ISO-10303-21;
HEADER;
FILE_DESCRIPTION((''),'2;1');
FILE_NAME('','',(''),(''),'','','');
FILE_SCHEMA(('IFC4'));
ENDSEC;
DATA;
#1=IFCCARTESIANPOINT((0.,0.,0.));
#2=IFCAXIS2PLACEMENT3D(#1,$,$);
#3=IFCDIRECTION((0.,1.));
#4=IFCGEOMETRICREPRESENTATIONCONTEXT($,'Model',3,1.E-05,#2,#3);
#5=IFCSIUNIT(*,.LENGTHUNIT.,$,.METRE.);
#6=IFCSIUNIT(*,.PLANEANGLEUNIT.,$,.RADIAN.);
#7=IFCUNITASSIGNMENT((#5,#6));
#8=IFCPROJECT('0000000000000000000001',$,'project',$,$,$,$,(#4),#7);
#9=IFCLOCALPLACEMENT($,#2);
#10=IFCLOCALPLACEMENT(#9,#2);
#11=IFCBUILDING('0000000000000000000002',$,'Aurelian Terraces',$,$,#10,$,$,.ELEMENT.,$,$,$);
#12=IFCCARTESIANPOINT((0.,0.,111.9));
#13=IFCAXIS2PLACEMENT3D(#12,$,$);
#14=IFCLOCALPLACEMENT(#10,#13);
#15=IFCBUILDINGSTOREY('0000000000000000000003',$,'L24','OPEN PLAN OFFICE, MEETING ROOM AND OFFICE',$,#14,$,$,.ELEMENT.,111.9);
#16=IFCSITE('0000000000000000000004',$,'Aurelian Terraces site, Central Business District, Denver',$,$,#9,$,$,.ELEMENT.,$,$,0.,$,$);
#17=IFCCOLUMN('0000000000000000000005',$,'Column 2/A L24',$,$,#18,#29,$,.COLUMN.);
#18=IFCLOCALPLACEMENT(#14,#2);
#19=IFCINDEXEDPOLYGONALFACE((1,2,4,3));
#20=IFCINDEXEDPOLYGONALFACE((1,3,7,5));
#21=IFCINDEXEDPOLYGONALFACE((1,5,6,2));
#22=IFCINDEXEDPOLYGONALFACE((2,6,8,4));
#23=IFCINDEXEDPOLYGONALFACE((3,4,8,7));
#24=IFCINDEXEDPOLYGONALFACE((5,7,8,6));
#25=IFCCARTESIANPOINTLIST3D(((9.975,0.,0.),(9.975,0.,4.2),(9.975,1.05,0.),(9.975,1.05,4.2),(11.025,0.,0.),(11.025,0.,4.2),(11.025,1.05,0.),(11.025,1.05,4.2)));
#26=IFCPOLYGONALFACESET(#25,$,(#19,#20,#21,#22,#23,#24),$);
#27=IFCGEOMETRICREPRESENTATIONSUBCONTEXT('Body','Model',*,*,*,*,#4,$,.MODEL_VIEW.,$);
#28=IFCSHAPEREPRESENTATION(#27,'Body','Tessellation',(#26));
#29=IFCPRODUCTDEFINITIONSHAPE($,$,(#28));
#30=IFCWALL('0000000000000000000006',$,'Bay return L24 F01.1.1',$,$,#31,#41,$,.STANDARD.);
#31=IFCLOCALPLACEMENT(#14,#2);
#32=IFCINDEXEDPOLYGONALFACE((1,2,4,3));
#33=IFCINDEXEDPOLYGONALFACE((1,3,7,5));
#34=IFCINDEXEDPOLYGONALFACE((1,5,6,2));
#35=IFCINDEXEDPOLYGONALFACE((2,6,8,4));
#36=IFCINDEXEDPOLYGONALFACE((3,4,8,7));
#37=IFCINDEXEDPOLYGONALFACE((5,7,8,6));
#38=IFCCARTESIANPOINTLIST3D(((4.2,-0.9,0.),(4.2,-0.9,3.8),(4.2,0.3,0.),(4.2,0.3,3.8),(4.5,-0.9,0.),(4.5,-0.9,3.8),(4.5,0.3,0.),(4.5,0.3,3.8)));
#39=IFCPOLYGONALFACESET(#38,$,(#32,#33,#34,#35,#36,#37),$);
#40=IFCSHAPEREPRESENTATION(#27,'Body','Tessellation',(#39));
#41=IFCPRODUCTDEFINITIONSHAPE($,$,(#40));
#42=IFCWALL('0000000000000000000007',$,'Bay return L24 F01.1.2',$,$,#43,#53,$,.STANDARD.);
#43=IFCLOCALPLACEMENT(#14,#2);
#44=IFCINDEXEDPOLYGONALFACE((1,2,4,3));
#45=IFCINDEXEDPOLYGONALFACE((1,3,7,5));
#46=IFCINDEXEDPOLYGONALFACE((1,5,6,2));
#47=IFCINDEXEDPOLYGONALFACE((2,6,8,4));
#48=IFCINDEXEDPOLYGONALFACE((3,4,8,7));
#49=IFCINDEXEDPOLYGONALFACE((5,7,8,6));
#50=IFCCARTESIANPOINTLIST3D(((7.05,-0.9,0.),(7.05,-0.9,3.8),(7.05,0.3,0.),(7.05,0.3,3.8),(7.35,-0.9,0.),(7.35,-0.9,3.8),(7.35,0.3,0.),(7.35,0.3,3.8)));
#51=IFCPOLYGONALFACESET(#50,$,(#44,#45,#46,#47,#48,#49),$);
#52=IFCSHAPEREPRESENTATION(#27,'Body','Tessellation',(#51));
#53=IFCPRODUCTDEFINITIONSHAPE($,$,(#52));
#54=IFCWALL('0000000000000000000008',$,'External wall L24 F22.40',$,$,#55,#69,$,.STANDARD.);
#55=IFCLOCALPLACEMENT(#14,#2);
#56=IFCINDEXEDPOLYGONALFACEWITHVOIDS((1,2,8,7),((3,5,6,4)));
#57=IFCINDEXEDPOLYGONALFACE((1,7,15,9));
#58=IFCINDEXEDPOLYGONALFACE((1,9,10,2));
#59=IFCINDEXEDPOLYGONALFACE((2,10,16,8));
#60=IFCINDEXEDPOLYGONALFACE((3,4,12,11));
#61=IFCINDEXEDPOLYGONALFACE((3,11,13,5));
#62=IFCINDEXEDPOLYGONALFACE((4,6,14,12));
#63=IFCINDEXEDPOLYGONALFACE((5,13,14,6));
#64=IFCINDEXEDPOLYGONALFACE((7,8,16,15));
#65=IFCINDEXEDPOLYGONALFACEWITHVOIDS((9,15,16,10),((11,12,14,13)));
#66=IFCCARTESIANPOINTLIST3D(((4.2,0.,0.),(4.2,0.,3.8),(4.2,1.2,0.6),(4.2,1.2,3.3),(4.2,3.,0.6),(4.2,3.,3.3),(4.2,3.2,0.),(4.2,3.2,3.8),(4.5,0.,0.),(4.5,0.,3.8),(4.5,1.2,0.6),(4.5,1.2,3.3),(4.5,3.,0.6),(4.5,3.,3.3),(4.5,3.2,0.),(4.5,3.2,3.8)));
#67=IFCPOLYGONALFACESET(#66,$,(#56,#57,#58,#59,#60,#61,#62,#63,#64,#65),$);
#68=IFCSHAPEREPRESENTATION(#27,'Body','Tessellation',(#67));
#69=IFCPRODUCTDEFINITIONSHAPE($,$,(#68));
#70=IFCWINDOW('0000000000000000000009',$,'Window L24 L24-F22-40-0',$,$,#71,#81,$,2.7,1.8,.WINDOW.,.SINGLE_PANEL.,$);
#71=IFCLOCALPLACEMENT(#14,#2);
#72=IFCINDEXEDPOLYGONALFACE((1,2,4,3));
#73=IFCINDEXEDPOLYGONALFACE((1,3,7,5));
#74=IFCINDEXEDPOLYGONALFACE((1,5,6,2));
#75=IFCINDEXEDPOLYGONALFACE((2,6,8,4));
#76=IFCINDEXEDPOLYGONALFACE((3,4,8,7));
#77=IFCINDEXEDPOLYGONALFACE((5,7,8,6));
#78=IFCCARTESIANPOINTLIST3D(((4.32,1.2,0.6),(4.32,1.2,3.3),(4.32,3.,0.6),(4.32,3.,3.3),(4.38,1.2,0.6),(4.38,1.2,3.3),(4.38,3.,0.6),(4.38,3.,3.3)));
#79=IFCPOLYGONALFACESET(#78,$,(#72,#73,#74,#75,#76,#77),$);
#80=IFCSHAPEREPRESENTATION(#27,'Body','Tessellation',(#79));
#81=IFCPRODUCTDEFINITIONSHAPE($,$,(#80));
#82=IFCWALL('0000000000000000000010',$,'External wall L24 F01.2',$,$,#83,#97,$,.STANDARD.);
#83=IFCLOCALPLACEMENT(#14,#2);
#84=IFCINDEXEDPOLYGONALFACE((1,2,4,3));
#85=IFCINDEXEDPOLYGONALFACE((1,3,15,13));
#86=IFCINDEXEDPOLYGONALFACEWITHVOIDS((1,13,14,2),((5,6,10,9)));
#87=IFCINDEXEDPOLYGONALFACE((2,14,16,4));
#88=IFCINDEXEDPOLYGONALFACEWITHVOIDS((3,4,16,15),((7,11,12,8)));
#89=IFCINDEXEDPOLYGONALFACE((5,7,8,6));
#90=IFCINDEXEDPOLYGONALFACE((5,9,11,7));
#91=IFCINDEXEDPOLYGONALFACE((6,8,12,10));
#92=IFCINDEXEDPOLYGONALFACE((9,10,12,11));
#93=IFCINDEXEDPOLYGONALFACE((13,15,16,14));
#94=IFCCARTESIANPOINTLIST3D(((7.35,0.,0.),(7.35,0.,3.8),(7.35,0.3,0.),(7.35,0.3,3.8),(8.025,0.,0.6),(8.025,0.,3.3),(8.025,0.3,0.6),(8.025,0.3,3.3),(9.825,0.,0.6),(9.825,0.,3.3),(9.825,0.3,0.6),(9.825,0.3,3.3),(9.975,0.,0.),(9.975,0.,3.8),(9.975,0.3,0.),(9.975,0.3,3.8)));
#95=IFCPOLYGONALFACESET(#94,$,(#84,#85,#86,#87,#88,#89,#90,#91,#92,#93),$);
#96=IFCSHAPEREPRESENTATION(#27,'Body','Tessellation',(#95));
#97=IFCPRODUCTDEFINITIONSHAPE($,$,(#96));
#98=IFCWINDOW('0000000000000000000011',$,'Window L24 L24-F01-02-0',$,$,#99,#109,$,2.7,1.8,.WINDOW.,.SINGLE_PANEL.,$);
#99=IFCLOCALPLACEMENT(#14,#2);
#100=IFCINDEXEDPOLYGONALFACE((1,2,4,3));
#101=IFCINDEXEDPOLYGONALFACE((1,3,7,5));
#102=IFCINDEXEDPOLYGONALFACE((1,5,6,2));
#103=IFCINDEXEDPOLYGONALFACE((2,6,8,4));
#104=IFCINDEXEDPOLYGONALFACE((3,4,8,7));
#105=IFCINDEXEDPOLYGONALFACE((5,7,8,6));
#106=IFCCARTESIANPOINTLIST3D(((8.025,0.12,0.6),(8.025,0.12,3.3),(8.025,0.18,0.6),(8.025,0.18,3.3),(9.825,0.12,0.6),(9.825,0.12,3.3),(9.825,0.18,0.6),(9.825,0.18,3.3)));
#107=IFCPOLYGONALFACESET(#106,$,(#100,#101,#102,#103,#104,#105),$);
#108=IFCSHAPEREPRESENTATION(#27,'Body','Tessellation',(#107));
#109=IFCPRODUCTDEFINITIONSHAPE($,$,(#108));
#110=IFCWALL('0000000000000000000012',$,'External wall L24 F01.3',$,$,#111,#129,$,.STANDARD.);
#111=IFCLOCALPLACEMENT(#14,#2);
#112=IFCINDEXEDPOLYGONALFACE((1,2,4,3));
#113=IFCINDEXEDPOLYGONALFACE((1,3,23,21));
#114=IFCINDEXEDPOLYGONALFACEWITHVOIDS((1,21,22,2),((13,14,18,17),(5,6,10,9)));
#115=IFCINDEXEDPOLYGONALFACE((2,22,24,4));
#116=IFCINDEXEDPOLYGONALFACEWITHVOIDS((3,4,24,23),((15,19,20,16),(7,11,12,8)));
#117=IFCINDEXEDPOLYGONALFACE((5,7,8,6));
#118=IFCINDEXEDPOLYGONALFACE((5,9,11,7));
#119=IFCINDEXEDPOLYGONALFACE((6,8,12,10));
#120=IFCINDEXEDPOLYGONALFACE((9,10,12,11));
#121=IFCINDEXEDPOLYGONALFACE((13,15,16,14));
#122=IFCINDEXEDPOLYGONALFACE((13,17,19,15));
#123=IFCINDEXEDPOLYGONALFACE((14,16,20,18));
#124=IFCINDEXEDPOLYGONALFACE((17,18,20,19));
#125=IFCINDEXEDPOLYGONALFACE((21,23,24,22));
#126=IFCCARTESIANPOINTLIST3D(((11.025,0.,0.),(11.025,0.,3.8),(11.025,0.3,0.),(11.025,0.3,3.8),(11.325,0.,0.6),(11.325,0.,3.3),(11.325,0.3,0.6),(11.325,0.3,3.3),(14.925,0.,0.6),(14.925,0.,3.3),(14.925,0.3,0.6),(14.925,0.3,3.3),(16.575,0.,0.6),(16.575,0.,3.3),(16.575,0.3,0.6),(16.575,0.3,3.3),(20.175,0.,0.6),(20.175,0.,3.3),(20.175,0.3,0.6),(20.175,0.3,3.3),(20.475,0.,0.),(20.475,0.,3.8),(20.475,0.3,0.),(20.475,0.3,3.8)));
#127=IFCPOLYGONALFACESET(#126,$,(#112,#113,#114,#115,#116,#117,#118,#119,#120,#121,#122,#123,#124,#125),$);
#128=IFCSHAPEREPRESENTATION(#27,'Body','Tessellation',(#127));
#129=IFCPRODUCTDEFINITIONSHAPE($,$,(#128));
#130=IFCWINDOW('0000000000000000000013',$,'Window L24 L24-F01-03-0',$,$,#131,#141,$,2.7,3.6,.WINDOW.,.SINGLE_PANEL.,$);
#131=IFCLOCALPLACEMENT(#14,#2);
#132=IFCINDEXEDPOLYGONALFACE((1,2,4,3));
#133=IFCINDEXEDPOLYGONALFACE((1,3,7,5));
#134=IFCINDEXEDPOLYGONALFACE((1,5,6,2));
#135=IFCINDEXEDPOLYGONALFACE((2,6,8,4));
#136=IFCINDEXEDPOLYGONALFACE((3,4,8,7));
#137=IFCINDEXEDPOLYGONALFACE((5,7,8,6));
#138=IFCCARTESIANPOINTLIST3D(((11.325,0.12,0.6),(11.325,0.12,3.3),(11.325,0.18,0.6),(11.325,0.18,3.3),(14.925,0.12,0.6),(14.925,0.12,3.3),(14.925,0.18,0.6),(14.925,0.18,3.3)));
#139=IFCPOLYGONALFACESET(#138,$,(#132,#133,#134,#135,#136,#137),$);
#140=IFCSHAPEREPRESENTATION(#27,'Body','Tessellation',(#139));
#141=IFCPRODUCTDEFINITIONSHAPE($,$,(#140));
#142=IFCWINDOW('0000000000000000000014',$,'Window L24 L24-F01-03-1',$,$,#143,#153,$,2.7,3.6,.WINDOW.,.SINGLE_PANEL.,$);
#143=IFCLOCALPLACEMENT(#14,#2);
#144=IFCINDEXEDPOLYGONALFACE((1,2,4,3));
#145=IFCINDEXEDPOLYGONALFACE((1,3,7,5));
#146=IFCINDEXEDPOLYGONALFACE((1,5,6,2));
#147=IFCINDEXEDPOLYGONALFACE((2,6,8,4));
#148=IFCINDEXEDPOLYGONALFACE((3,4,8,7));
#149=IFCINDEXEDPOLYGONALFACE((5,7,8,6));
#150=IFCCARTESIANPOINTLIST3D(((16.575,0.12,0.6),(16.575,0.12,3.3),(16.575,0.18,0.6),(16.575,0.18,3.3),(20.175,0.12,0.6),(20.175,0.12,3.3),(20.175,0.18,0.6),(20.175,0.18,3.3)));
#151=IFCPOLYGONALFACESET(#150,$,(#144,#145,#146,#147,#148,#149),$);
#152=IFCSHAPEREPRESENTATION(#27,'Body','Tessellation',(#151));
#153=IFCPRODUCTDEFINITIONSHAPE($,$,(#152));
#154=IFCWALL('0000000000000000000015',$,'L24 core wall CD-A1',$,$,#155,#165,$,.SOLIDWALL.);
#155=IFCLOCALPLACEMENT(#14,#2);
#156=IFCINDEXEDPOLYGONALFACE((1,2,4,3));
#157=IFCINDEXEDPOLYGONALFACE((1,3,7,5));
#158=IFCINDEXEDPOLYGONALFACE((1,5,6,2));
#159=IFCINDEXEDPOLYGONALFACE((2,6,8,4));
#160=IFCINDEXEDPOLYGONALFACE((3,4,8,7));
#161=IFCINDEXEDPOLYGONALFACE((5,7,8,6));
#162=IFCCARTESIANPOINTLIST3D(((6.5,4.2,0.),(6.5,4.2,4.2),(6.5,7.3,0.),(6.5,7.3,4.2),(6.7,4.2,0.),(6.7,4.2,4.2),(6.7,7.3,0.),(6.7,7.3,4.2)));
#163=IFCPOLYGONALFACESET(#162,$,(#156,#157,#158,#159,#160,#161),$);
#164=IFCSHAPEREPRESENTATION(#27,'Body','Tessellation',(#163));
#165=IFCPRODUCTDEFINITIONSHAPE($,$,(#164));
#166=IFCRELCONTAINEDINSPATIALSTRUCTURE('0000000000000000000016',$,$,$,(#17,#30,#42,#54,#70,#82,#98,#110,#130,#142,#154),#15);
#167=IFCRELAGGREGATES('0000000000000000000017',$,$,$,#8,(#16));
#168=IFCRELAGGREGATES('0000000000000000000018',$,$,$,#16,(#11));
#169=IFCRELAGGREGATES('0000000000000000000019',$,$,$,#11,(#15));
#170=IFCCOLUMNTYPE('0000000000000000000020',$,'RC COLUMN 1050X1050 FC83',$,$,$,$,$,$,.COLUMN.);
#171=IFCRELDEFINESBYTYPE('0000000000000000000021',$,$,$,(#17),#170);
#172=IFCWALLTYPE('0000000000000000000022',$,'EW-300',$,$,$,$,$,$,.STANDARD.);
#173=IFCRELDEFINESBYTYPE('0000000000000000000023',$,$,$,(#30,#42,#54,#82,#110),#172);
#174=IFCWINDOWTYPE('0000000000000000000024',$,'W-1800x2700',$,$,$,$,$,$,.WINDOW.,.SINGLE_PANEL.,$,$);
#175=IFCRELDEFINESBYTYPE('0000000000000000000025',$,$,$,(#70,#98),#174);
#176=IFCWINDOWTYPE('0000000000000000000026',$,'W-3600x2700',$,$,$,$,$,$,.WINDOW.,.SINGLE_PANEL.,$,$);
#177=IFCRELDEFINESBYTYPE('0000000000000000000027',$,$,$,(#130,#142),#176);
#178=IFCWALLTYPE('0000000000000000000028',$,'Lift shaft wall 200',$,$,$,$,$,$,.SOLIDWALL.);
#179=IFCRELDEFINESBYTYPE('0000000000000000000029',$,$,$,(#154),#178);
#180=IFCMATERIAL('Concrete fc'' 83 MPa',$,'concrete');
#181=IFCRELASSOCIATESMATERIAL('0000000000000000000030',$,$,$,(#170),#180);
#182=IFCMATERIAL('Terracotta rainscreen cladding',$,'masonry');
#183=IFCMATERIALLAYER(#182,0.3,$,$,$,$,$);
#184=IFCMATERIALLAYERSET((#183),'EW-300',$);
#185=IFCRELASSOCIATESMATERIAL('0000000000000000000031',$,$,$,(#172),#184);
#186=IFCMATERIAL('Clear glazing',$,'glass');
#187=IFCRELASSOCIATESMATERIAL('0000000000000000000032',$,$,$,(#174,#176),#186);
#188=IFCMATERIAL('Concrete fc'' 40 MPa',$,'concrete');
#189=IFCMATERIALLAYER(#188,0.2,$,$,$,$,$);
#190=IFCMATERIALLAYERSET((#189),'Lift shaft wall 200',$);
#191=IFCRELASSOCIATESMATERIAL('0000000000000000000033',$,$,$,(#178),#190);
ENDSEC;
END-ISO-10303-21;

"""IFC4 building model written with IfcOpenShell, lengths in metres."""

from ifc_helpers import new_model, si_unit, direction, frame, frame_2d, origin, origin_2d, place, context, subcontext, project, spatial, rectangle, extrude, source, transform, mapped, material, layer, layer_set, material_profile, profile_set, type_object, element, fill, save


model = new_model("IFC4")

# Units and contexts
model_context = context("Model", 3, precision=1e-05, world=origin(), true_north=direction((0.0, 1.0)))
body_context = subcontext(model_context, "Body", "Model", "MODEL_VIEW")
ifc_project = project(units=[si_unit("LENGTHUNIT", "METRE"), si_unit("PLANEANGLEUNIT", "RADIAN")], contexts=[model_context])

# Site, building, storey
site_placement = place(None, origin())
site = spatial("IfcSite", under=ifc_project, at=site_placement, Name="Aurelian Terraces site, Central Business District, Denver", CompositionType="ELEMENT", RefElevation=0.0)
building_placement = place(site_placement, origin())
building = spatial("IfcBuilding", under=site, at=building_placement, Name="Aurelian Terraces", CompositionType="ELEMENT")
storey_placement = place(building_placement, frame((0.0, 0.0, 111.9)))
storey = spatial("IfcBuildingStorey", under=building, at=storey_placement, Name="L24", Description="OPEN PLAN OFFICE, MEETING ROOM AND OFFICE", CompositionType="ELEMENT", Elevation=111.9)

# Column
ifc_material_1 = material(Name="Concrete fc' 83 MPa", Category="concrete")
ifc_material_profile = material_profile(ifc_material_1, rectangle(XDim=1.05, YDim=1.05, at=origin_2d()))
ifc_profile_set = profile_set([ifc_material_profile], Name="Concrete fc' 83 MPa")
column_type = type_object("IfcColumnType", Name="RC COLUMN 1050X1050 FC83", PredefinedType="COLUMN", material=ifc_profile_set)
shared_shape_1 = source(origin(), body_context, "Body", "SweptSolid", [
    extrude(rectangle(XDim=1.05, YDim=1.05, at=origin_2d()), origin(), (0.0, 0.0, 1.0), 4.2),
])
column_placement = place(storey_placement, frame((10.5, 0.525, 0.0), z_axis=(0.0, 0.0, 1.0), x_axis=(1.0, 0.0, 0.0)))
element("IfcColumn", 1, at=column_placement, inside=storey, type_object=column_type, Name="Column 2/A L24", PredefinedType="COLUMN", context=body_context, shape_type="MappedRepresentation", body=[
    mapped(shared_shape_1, transform((0.0, 0.0, 0.0), scale=1.0)),
])

# Walls
ifc_material_2 = material(Name="Terracotta rainscreen cladding", Category="masonry")
ifc_layer_1 = layer(ifc_material_2, 0.3)
ifc_layer_set_1 = layer_set([ifc_layer_1], Name="EW-300")
wall_type_1 = type_object("IfcWallType", Name="EW-300", PredefinedType="STANDARD", material=ifc_layer_set_1)
shared_shape_2 = source(origin(), body_context, "Body", "SweptSolid", [
    extrude(rectangle(XDim=1.2, YDim=0.3, at=frame_2d((0.6, 0.0))), origin(), (0.0, 0.0, 1.0), 3.8),
])
for number, where, z_axis, x_axis, name in (
    (2, (4.35, 0.3, 0.0), (0.0, 0.0, 1.0), (0.0, -1.0, 0.0), "Bay return L24 F01.1.1"),
    (3, (7.2, 0.3, 0.0), (0.0, 0.0, 1.0), (0.0, -1.0, 0.0), "Bay return L24 F01.1.2"),
):
    element("IfcWall", number, at=place(storey_placement, frame(where, z_axis=z_axis, x_axis=x_axis)), inside=storey, type_object=wall_type_1, Name=name, PredefinedType="STANDARD", context=body_context, shape_type="MappedRepresentation", body=[
        mapped(shared_shape_2, transform((0.0, 0.0, 0.0), scale=1.0)),
    ])

# Walls, openings, windows
shared_shape_3 = source(origin(), body_context, "Body", "SweptSolid", [
    extrude(rectangle(XDim=3.2, YDim=0.3, at=frame_2d((1.6, 0.0))), origin(), (0.0, 0.0, 1.0), 3.8),
])
wall_1_placement = place(storey_placement, frame((4.35, 3.2, 0.0), z_axis=(0.0, 0.0, 1.0), x_axis=(0.0, -1.0, 0.0)))
wall_1 = element("IfcWall", 4, at=wall_1_placement, inside=storey, type_object=wall_type_1, Name="External wall L24 F22.40", PredefinedType="STANDARD", context=body_context, shape_type="MappedRepresentation", body=[
    mapped(shared_shape_3, transform((0.0, 0.0, 0.0), scale=1.0)),
])
shared_shape_4 = source(origin(), body_context, "Body", "SweptSolid", [
    extrude(rectangle(XDim=1.8, YDim=2.7, at=frame_2d((0.9, 1.35))), frame((0.0, 0.16, 0.0), z_axis=(0.0, -1.0, 0.0), x_axis=(1.0, 0.0, 0.0)), (0.0, 0.0, 1.0), 0.32),
])
opening_1_placement = place(wall_1_placement, frame((0.2, 0.0, 0.6)))
opening_1 = element("IfcOpeningElement", 5, at=opening_1_placement, cuts=wall_1, PredefinedType="OPENING", context=body_context, shape_type="MappedRepresentation", body=[
    mapped(shared_shape_4, transform((0.0, 0.0, 0.0), scale=1.0)),
])
ifc_material_3 = material(Name="Clear glazing", Category="glass")
window_type_1 = type_object("IfcWindowType", Name="W-1800x2700", PartitioningType="SINGLE_PANEL", PredefinedType="WINDOW", material=ifc_material_3)
shared_shape_5 = source(origin(), body_context, "Body", "SweptSolid", [
    extrude(rectangle(XDim=1.8, YDim=2.7, at=frame_2d((0.9, 1.35))), frame((0.0, 0.03, 0.0), z_axis=(0.0, -1.0, 0.0), x_axis=(1.0, 0.0, 0.0)), (0.0, 0.0, 1.0), 0.06),
])
window_1_placement = place(opening_1_placement, origin())
window_1 = element("IfcWindow", 6, at=window_1_placement, inside=storey, type_object=window_type_1, Name="Window L24 L24-F22-40-0", OverallHeight=2.7, OverallWidth=1.8, PartitioningType="SINGLE_PANEL", PredefinedType="WINDOW", context=body_context, shape_type="MappedRepresentation", body=[
    mapped(shared_shape_5, transform((0.0, 0.0, 0.0), scale=1.0)),
])
fill(opening_1, window_1)
shared_shape_6 = source(origin(), body_context, "Body", "SweptSolid", [
    extrude(rectangle(XDim=2.625, YDim=0.3, at=frame_2d((1.3125, 0.0))), origin(), (0.0, 0.0, 1.0), 3.8),
])
wall_2_placement = place(storey_placement, frame((7.35, 0.15, 0.0), z_axis=(0.0, 0.0, 1.0), x_axis=(1.0, 0.0, 0.0)))
wall_2 = element("IfcWall", 7, at=wall_2_placement, inside=storey, type_object=wall_type_1, Name="External wall L24 F01.2", PredefinedType="STANDARD", context=body_context, shape_type="MappedRepresentation", body=[
    mapped(shared_shape_6, transform((0.0, 0.0, 0.0), scale=1.0)),
])
opening_2_placement = place(wall_2_placement, frame((0.675, 0.0, 0.6)))
opening_2 = element("IfcOpeningElement", 8, at=opening_2_placement, cuts=wall_2, PredefinedType="OPENING", context=body_context, shape_type="MappedRepresentation", body=[
    mapped(shared_shape_4, transform((0.0, 0.0, 0.0), scale=1.0)),
])
window_2_placement = place(opening_2_placement, origin())
window_2 = element("IfcWindow", 9, at=window_2_placement, inside=storey, type_object=window_type_1, Name="Window L24 L24-F01-02-0", OverallHeight=2.7, OverallWidth=1.8, PartitioningType="SINGLE_PANEL", PredefinedType="WINDOW", context=body_context, shape_type="MappedRepresentation", body=[
    mapped(shared_shape_5, transform((0.0, 0.0, 0.0), scale=1.0)),
])
fill(opening_2, window_2)

# Wall, openings, windows
shared_shape_7 = source(origin(), body_context, "Body", "SweptSolid", [
    extrude(rectangle(XDim=9.45, YDim=0.3, at=frame_2d((4.725, 0.0))), origin(), (0.0, 0.0, 1.0), 3.8),
])
wall_3_placement = place(storey_placement, frame((11.025, 0.15, 0.0), z_axis=(0.0, 0.0, 1.0), x_axis=(1.0, 0.0, 0.0)))
wall_3 = element("IfcWall", 10, at=wall_3_placement, inside=storey, type_object=wall_type_1, Name="External wall L24 F01.3", PredefinedType="STANDARD", context=body_context, shape_type="MappedRepresentation", body=[
    mapped(shared_shape_7, transform((0.0, 0.0, 0.0), scale=1.0)),
])
shared_shape_8 = source(origin(), body_context, "Body", "SweptSolid", [
    extrude(rectangle(XDim=3.6, YDim=2.7, at=frame_2d((1.8, 1.35))), frame((0.0, 0.16, 0.0), z_axis=(0.0, -1.0, 0.0), x_axis=(1.0, 0.0, 0.0)), (0.0, 0.0, 1.0), 0.32),
])
opening_3_placement = place(wall_3_placement, frame((0.3, 0.0, 0.6)))
opening_3 = element("IfcOpeningElement", 11, at=opening_3_placement, cuts=wall_3, PredefinedType="OPENING", context=body_context, shape_type="MappedRepresentation", body=[
    mapped(shared_shape_8, transform((0.0, 0.0, 0.0), scale=1.0)),
])
opening_4_placement = place(wall_3_placement, frame((5.55, 0.0, 0.6)))
opening_4 = element("IfcOpeningElement", 12, at=opening_4_placement, cuts=wall_3, PredefinedType="OPENING", context=body_context, shape_type="MappedRepresentation", body=[
    mapped(shared_shape_8, transform((0.0, 0.0, 0.0), scale=1.0)),
])
window_type_2 = type_object("IfcWindowType", Name="W-3600x2700", PartitioningType="SINGLE_PANEL", PredefinedType="WINDOW", material=ifc_material_3)
shared_shape_9 = source(origin(), body_context, "Body", "SweptSolid", [
    extrude(rectangle(XDim=3.6, YDim=2.7, at=frame_2d((1.8, 1.35))), frame((0.0, 0.03, 0.0), z_axis=(0.0, -1.0, 0.0), x_axis=(1.0, 0.0, 0.0)), (0.0, 0.0, 1.0), 0.06),
])
window_3_placement = place(opening_3_placement, origin())
window_3 = element("IfcWindow", 13, at=window_3_placement, inside=storey, type_object=window_type_2, Name="Window L24 L24-F01-03-0", OverallHeight=2.7, OverallWidth=3.6, PartitioningType="SINGLE_PANEL", PredefinedType="WINDOW", context=body_context, shape_type="MappedRepresentation", body=[
    mapped(shared_shape_9, transform((0.0, 0.0, 0.0), scale=1.0)),
])
fill(opening_3, window_3)
window_4_placement = place(opening_4_placement, origin())
window_4 = element("IfcWindow", 14, at=window_4_placement, inside=storey, type_object=window_type_2, Name="Window L24 L24-F01-03-1", OverallHeight=2.7, OverallWidth=3.6, PartitioningType="SINGLE_PANEL", PredefinedType="WINDOW", context=body_context, shape_type="MappedRepresentation", body=[
    mapped(shared_shape_9, transform((0.0, 0.0, 0.0), scale=1.0)),
])
fill(opening_4, window_4)

# Wall
ifc_material_4 = material(Name="Concrete fc' 40 MPa", Category="concrete")
ifc_layer_2 = layer(ifc_material_4, 0.2)
ifc_layer_set_2 = layer_set([ifc_layer_2], Name="Lift shaft wall 200")
wall_type_2 = type_object("IfcWallType", Name="Lift shaft wall 200", PredefinedType="SOLIDWALL", material=ifc_layer_set_2)
shared_shape_10 = source(origin(), body_context, "Body", "SweptSolid", [
    extrude(rectangle(XDim=3.1, YDim=0.2, at=frame_2d((1.55, 0.0))), origin(), (0.0, 0.0, 1.0), 4.2),
])
for number, where, z_axis, x_axis, name in (
    (15, (6.6, 4.2, 0.0), (0.0, 0.0, 1.0), (0.0, 1.0, 0.0), "L24 core wall CD-A1"),
):
    element("IfcWall", number, at=place(storey_placement, frame(where, z_axis=z_axis, x_axis=x_axis)), inside=storey, type_object=wall_type_2, Name=name, PredefinedType="SOLIDWALL", context=body_context, shape_type="MappedRepresentation", body=[
        mapped(shared_shape_10, transform((0.0, 0.0, 0.0), scale=1.0)),
    ])

save(model, "model.ifc")
